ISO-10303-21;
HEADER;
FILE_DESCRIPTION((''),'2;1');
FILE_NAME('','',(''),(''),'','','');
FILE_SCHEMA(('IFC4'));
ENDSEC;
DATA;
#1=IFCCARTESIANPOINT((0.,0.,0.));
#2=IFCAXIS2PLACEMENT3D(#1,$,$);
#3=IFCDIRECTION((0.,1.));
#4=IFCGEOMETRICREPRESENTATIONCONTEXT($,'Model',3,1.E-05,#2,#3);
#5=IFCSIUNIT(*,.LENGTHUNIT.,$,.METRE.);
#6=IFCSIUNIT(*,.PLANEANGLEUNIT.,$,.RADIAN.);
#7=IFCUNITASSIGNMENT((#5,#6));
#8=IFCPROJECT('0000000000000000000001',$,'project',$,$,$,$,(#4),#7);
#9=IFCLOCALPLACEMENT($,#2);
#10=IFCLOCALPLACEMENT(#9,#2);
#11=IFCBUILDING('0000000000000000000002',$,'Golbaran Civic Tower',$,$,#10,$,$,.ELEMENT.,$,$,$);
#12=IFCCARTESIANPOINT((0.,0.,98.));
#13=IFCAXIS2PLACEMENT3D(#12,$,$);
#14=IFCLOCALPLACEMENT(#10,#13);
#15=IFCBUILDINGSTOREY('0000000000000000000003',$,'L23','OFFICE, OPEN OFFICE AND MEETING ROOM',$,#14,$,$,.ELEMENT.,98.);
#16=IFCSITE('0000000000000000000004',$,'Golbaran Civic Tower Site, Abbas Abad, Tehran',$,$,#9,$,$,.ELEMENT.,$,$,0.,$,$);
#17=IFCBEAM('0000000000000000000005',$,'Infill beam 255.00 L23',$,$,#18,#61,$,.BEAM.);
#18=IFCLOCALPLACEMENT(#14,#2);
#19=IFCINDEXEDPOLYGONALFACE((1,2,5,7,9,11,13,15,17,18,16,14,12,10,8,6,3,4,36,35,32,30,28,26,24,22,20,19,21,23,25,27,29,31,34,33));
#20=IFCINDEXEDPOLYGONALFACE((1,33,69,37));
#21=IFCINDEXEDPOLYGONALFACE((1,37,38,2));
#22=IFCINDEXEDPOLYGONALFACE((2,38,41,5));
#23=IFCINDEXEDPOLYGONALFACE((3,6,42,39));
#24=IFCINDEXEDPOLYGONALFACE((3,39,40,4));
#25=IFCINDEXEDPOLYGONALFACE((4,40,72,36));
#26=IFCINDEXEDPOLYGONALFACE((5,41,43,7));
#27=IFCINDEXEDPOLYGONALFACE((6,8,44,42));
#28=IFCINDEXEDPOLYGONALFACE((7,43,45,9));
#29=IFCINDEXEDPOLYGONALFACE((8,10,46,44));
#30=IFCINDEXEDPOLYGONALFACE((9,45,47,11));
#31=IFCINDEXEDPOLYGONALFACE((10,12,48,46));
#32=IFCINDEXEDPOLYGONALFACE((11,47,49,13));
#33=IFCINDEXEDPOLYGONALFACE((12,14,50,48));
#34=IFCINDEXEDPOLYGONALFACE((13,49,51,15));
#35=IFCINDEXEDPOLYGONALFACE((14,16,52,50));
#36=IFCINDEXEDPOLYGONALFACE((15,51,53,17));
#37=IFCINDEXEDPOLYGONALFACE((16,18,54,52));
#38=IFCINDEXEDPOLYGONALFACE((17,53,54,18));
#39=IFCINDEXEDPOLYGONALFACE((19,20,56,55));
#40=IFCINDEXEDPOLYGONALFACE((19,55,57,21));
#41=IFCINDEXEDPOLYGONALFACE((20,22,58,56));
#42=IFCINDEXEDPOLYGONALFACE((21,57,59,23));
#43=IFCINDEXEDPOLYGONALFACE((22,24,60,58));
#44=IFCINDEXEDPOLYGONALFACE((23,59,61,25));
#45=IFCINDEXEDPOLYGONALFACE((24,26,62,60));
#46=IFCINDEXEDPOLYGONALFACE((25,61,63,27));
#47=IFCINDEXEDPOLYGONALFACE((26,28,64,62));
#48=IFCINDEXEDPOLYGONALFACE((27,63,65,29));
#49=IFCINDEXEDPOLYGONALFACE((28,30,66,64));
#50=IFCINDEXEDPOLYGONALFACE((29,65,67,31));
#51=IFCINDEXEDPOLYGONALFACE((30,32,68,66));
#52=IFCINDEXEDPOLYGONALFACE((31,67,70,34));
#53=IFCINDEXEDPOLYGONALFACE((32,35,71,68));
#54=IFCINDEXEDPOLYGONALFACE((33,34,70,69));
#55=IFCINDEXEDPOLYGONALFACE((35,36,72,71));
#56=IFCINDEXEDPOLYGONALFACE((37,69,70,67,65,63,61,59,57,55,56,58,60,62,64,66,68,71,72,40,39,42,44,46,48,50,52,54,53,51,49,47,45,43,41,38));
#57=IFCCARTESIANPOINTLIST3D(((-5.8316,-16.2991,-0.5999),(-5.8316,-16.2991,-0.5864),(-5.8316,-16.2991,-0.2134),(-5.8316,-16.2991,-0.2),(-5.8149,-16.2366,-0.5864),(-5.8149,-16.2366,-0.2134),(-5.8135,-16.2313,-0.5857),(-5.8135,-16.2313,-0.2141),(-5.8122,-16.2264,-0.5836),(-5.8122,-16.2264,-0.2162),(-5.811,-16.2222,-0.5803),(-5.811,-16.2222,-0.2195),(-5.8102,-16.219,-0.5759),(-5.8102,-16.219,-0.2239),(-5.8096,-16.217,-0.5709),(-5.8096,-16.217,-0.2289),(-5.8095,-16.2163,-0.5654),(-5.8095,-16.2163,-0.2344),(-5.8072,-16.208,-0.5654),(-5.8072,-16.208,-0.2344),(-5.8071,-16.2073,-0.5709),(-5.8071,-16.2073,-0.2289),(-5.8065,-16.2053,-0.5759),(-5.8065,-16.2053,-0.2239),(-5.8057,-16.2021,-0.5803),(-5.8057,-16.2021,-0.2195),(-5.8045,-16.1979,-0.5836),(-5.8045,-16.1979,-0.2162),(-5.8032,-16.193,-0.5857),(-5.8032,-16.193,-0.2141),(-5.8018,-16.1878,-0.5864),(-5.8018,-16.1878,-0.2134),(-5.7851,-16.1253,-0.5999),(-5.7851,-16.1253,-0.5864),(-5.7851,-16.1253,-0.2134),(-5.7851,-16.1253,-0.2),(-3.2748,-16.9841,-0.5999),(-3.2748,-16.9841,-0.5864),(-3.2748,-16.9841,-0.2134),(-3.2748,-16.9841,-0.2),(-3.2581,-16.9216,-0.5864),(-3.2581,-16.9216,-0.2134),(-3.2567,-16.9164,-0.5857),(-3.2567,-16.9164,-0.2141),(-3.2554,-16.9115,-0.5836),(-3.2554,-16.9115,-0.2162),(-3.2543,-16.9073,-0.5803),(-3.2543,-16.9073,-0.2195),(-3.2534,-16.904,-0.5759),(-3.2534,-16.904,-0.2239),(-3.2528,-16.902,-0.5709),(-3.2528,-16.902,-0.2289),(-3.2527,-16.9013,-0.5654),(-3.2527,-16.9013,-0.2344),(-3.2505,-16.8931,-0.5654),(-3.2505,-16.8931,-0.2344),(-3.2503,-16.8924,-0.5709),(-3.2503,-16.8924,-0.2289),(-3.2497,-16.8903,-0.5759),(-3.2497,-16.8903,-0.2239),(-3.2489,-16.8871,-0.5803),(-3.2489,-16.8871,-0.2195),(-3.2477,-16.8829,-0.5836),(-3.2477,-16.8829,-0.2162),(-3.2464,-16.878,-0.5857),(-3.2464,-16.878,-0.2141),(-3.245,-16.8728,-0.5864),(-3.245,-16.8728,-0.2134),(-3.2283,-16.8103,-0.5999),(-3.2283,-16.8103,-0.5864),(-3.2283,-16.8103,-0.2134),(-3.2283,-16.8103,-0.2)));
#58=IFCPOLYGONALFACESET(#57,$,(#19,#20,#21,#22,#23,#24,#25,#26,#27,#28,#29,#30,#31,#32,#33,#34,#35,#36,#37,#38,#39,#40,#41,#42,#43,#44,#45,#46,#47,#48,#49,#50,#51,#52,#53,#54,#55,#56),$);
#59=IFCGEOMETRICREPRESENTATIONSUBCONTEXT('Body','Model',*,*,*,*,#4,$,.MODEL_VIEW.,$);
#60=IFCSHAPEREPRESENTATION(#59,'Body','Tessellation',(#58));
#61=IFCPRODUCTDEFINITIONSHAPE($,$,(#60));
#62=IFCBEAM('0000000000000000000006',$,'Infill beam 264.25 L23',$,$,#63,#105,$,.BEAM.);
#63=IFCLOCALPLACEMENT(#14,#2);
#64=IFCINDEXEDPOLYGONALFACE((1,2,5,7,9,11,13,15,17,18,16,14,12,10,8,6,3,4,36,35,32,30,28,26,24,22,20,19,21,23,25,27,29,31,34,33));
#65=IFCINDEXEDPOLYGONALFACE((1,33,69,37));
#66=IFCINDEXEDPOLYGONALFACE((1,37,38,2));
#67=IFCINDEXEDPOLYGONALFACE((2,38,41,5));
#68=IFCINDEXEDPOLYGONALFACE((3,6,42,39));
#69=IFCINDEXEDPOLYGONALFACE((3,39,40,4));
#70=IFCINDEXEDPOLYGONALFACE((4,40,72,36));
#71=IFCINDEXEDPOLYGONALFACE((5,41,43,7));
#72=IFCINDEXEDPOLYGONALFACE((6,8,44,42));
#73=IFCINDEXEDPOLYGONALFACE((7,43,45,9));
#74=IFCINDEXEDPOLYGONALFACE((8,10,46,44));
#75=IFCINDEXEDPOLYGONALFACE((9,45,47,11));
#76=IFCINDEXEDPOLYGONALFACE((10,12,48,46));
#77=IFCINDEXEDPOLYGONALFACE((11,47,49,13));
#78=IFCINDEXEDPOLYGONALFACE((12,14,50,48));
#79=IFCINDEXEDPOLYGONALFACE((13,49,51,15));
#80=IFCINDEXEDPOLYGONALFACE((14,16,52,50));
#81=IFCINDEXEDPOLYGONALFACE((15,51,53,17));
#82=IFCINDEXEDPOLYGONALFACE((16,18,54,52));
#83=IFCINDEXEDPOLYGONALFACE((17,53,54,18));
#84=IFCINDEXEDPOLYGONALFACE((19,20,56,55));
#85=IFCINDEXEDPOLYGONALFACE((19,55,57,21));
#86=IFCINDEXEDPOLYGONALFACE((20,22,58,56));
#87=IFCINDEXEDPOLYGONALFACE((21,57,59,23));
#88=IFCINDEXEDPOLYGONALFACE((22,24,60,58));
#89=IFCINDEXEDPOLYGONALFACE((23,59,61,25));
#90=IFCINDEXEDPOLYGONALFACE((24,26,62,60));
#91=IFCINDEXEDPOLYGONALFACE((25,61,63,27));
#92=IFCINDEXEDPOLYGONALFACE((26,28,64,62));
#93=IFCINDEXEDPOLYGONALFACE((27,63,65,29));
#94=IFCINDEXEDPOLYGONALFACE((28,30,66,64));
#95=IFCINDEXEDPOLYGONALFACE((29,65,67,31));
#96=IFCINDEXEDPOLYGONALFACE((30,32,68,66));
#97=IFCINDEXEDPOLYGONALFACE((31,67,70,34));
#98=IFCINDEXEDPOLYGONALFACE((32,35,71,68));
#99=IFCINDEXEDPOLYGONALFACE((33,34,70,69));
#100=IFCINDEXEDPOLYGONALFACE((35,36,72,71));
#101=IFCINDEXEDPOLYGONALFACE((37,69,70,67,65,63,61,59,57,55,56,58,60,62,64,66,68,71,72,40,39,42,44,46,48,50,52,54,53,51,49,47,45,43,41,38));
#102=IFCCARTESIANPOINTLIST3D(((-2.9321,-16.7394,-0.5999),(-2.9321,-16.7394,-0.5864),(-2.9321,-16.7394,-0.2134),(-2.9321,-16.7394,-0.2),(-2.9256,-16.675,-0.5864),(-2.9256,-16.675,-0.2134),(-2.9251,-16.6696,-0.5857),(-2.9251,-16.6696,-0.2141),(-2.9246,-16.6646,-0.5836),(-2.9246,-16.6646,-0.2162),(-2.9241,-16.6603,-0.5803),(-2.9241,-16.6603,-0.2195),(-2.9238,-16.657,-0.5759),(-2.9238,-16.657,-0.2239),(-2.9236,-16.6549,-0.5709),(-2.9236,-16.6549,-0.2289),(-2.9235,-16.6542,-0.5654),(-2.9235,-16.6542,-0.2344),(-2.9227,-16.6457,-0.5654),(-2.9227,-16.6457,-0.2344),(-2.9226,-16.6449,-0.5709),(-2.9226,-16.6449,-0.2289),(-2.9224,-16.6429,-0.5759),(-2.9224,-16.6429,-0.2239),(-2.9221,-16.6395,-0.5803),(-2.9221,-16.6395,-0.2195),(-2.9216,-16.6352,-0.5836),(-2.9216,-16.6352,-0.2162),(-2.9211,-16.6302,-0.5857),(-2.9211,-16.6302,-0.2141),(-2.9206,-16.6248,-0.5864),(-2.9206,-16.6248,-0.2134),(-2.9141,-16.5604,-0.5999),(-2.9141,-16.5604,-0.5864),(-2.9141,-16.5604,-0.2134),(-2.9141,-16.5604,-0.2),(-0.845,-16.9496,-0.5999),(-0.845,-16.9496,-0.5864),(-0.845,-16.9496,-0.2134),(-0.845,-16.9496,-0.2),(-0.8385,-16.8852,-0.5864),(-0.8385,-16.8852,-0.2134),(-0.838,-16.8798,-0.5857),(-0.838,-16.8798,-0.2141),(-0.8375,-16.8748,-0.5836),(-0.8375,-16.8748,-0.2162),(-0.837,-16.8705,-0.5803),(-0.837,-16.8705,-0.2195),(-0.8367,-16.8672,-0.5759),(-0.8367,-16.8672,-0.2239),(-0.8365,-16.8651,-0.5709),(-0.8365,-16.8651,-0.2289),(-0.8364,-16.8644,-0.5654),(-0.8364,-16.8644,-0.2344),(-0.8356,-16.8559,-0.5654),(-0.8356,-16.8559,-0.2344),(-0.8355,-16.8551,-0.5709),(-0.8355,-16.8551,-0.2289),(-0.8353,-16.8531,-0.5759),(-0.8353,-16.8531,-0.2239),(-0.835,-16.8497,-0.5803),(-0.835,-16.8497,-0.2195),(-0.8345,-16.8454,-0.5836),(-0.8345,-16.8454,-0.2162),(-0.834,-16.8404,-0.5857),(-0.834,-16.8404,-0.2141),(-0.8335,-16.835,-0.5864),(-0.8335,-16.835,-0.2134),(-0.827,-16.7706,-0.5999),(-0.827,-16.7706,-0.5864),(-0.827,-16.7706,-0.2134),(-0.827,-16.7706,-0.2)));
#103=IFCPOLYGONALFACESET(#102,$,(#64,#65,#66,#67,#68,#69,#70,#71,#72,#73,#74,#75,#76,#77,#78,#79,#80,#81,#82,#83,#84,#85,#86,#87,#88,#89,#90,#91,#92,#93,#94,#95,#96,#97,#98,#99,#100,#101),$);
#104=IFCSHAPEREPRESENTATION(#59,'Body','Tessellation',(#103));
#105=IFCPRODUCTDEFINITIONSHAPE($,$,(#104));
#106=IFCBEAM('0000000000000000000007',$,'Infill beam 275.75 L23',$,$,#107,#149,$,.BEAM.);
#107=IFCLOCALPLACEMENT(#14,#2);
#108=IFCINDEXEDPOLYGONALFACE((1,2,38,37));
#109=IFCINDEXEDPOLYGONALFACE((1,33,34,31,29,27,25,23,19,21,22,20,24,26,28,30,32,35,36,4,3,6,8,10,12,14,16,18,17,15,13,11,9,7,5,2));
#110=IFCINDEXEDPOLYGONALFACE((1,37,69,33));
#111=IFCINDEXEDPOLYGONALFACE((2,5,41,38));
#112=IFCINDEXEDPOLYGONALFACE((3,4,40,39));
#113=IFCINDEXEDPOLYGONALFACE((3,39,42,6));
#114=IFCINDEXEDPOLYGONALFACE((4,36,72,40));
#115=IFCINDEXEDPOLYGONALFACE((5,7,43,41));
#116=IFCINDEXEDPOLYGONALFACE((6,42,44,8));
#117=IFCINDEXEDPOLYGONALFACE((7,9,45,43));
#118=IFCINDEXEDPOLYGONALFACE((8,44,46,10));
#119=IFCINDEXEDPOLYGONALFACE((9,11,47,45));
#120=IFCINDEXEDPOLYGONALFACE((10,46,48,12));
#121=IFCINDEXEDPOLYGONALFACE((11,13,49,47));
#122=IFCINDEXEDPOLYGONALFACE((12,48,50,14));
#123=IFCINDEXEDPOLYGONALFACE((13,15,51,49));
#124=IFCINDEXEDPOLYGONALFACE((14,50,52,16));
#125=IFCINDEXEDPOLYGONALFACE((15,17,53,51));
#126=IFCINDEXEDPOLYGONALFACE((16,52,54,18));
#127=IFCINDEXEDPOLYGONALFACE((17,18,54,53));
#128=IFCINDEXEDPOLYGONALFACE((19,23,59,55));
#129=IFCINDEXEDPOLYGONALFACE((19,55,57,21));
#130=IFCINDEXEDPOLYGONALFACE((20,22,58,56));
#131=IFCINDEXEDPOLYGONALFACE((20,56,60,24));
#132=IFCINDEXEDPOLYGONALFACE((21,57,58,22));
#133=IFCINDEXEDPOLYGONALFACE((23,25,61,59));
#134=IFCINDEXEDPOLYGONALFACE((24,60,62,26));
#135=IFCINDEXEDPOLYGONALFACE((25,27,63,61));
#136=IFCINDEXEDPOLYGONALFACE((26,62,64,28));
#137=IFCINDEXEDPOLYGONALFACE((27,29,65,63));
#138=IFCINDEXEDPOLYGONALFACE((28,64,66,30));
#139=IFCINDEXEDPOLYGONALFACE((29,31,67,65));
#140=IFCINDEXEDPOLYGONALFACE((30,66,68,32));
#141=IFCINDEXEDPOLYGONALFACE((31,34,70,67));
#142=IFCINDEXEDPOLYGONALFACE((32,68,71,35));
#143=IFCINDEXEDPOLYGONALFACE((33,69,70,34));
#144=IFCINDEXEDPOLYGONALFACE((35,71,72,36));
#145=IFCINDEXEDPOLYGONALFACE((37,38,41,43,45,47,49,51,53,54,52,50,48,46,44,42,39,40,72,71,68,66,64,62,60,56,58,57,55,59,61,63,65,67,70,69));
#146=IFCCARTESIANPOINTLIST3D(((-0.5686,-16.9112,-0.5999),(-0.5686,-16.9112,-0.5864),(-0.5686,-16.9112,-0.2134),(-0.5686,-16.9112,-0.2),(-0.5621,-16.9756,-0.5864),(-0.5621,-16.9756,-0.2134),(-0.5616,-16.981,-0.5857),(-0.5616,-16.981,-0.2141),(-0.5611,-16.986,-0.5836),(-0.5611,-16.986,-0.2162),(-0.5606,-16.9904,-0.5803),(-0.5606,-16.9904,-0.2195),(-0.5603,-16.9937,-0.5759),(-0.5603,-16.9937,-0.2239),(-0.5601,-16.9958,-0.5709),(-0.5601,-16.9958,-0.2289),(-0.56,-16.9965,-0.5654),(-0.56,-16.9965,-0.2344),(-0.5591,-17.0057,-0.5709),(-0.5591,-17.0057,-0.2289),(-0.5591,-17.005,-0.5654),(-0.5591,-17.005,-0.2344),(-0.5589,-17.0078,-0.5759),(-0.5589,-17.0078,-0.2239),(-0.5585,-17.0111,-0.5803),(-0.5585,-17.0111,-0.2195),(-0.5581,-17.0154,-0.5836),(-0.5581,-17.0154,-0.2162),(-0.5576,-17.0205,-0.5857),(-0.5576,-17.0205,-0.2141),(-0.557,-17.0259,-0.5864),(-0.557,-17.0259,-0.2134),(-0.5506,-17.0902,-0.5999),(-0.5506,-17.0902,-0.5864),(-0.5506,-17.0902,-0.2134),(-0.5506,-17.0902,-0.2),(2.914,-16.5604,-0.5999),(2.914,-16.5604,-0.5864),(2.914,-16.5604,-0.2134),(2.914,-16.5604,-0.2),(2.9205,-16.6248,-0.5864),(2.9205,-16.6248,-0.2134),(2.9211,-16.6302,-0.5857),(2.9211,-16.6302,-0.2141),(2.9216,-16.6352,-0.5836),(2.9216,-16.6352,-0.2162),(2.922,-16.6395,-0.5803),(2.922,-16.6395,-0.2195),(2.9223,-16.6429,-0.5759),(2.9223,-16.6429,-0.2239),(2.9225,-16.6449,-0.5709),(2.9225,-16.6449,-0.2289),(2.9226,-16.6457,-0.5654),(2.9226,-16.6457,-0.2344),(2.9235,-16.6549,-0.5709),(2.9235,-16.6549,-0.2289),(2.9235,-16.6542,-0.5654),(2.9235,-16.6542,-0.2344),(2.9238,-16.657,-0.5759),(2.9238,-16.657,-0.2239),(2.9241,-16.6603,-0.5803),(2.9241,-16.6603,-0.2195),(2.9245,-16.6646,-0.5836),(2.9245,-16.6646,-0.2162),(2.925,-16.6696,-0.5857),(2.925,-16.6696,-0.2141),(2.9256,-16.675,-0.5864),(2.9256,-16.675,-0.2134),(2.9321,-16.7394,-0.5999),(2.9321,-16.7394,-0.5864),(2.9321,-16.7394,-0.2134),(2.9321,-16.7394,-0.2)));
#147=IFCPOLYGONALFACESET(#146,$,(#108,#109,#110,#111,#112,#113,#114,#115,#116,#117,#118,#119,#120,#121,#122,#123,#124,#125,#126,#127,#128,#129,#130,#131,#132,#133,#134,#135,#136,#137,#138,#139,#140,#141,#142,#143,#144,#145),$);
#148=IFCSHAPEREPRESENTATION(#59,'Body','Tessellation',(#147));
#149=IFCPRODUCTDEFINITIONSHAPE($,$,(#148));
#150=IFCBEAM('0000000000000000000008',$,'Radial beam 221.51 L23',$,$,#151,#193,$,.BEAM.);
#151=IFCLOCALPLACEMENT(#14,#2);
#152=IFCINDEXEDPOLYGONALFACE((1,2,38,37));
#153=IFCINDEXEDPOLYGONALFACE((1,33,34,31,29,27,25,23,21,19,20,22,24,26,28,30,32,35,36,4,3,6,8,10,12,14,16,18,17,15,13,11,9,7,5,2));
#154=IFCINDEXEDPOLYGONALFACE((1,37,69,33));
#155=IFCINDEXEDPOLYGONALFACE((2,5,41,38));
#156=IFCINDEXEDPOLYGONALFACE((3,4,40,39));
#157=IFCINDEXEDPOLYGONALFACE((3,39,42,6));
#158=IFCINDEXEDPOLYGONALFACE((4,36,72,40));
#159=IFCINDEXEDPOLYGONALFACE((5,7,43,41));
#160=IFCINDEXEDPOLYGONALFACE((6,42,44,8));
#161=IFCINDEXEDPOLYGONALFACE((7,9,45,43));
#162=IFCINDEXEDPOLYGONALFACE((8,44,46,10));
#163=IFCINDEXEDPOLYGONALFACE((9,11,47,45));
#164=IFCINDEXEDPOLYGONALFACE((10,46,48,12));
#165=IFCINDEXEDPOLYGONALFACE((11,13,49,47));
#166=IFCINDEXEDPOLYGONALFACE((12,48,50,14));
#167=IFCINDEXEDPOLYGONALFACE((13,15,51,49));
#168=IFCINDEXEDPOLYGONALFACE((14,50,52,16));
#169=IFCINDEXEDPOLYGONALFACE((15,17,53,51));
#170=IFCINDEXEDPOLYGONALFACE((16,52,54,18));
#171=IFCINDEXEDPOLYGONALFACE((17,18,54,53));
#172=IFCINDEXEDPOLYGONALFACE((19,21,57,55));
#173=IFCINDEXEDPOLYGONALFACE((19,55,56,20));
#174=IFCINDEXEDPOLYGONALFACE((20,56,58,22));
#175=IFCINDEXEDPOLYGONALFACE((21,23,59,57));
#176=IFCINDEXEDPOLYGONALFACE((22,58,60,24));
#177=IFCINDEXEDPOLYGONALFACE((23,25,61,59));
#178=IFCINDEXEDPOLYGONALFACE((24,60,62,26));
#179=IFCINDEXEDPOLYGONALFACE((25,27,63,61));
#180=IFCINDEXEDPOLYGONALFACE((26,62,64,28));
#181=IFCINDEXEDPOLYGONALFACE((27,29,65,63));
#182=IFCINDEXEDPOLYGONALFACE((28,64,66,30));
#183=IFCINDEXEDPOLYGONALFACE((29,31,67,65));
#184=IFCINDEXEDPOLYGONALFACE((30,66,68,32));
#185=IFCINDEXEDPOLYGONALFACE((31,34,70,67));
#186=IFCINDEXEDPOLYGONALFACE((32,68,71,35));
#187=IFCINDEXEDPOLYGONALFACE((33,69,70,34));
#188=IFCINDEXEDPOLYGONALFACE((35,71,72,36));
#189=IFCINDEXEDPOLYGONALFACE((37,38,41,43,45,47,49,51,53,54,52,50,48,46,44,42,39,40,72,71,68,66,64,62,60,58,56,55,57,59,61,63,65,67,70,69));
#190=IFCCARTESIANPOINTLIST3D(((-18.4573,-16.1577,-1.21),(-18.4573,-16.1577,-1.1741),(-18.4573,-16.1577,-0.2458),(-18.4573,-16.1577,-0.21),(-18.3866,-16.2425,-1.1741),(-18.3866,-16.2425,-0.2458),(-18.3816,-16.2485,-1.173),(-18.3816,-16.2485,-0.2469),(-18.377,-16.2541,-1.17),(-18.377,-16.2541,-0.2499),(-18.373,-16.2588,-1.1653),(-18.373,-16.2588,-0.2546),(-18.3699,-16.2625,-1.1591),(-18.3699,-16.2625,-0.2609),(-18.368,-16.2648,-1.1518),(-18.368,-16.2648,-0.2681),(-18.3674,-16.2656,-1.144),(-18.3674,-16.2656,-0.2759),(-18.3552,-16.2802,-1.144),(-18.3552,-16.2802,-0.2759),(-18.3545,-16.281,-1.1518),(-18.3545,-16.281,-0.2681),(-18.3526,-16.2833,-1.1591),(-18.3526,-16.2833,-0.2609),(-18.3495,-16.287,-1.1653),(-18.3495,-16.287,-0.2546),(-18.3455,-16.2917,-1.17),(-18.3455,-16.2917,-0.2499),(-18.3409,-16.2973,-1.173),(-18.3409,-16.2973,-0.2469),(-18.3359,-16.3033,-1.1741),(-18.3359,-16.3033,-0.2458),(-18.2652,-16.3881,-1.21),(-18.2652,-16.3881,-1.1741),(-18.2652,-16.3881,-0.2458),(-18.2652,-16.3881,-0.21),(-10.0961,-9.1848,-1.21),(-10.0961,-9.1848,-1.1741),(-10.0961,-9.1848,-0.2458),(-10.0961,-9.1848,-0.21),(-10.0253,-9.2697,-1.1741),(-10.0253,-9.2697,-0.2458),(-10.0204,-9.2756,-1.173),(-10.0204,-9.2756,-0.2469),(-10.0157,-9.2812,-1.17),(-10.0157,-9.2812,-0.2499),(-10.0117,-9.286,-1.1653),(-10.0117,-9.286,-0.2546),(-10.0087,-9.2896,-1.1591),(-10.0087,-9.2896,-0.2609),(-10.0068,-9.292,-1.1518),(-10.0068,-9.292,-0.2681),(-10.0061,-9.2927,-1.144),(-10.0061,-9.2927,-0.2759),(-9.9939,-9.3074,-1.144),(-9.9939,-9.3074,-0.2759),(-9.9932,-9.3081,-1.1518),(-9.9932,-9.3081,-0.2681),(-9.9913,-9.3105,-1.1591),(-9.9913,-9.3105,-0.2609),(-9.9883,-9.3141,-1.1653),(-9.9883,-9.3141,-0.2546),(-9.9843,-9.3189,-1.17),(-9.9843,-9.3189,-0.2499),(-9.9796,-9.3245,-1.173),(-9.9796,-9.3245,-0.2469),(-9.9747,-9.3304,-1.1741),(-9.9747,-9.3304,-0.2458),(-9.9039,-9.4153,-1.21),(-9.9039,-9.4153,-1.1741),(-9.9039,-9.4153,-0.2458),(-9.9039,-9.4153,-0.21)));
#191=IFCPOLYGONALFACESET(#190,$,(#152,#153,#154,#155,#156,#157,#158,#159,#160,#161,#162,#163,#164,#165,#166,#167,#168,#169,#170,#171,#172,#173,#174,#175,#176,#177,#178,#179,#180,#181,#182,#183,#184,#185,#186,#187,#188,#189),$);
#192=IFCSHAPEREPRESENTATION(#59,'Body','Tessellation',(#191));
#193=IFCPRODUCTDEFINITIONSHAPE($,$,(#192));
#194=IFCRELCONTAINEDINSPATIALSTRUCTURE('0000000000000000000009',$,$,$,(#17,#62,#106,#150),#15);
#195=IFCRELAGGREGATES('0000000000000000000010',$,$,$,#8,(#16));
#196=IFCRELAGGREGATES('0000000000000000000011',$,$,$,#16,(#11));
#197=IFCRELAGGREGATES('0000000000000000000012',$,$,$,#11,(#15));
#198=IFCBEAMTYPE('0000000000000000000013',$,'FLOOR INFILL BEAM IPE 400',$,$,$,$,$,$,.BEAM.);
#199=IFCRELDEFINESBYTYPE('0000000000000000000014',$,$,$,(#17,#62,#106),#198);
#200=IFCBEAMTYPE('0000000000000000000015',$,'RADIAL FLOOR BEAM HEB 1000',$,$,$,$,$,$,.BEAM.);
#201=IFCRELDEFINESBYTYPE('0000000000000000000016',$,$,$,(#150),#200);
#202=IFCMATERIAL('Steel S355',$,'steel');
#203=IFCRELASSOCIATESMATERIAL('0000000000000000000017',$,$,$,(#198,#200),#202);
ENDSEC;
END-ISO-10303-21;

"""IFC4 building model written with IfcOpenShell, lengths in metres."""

from ifc_helpers import new_model, si_unit, direction, frame, origin, origin_2d, place, context, subcontext, project, spatial, i_section, extrude, material, material_profile, profile_set, type_object, element, save


model = new_model("IFC4")

# Units and contexts
model_context = context("Model", 3, precision=1e-05, world=origin(), true_north=direction((0.0, 1.0)))
body_context = subcontext(model_context, "Body", "Model", "MODEL_VIEW")
ifc_project = project(units=[si_unit("LENGTHUNIT", "METRE"), si_unit("PLANEANGLEUNIT", "RADIAN")], contexts=[model_context])

# Site, building, storey
site_placement = place(None, origin())
site = spatial("IfcSite", under=ifc_project, at=site_placement, Name="Golbaran Civic Tower Site, Abbas Abad, Tehran", CompositionType="ELEMENT", RefElevation=0.0)
building_placement = place(site_placement, origin())
building = spatial("IfcBuilding", under=site, at=building_placement, Name="Golbaran Civic Tower", CompositionType="ELEMENT")
storey_placement = place(building_placement, frame((0.0, 0.0, 98.0)))
storey = spatial("IfcBuildingStorey", under=building, at=storey_placement, Name="L23", Description="OFFICE, OPEN OFFICE AND MEETING ROOM", CompositionType="ELEMENT", Elevation=98.0)

# Beams
ifc_material_1 = material(Name="Steel S355", Category="steel")
ifc_material_profile_1 = material_profile(ifc_material_1, i_section(OverallWidth=0.1799, OverallDepth=0.3999, WebThickness=0.0085, FlangeThickness=0.0134, FilletRadius=0.021, at=origin_2d()), Name="IPE 400")
ifc_profile_set_1 = profile_set([ifc_material_profile_1], Name="Steel S355")
beam_type_1 = type_object("IfcBeamType", Name="FLOOR INFILL BEAM IPE 400", PredefinedType="BEAM", material=ifc_profile_set_1)
beam_1_placement = place(storey_placement, frame((-5.8083, -16.2122, -0.3999), z_axis=(0.965931, -0.258799, 0.0), x_axis=(0.258799, 0.965931, 0.0)))
element("IfcBeam", 1, at=beam_1_placement, inside=storey, type_object=beam_type_1, Name="Infill beam 255.00 L23", PredefinedType="BEAM", context=body_context, shape_type="SweptSolid", body=[
    extrude(i_section(OverallWidth=0.1799, OverallDepth=0.3999, WebThickness=0.0085, FlangeThickness=0.0134, FilletRadius=0.021, at=origin_2d()), origin(), (0.0, 0.0, 1.0), 2.647),
])
beam_2_placement = place(storey_placement, frame((-2.9231, -16.6499, -0.3999), z_axis=(0.994967, -0.100207, 0.0), x_axis=(0.100207, 0.994967, 0.0)))
element("IfcBeam", 2, at=beam_2_placement, inside=storey, type_object=beam_type_1, Name="Infill beam 264.25 L23", PredefinedType="BEAM", context=body_context, shape_type="SweptSolid", body=[
    extrude(i_section(OverallWidth=0.1799, OverallDepth=0.3999, WebThickness=0.0085, FlangeThickness=0.0134, FilletRadius=0.021, at=origin_2d()), origin(), (0.0, 0.0, 1.0), 2.0977),
])
beam_3_placement = place(storey_placement, frame((-0.5596, -17.0007, -0.3999), z_axis=(0.994964, 0.100229, 0.0), x_axis=(-0.100229, 0.994964, 0.0)))
element("IfcBeam", 3, at=beam_3_placement, inside=storey, type_object=beam_type_1, Name="Infill beam 275.75 L23", PredefinedType="BEAM", context=body_context, shape_type="SweptSolid", body=[
    extrude(i_section(OverallWidth=0.1799, OverallDepth=0.3999, WebThickness=0.0085, FlangeThickness=0.0134, FilletRadius=0.021, at=origin_2d()), origin(), (0.0, 0.0, 1.0), 3.5002),
])
ifc_material_profile_2 = material_profile(ifc_material_1, i_section(OverallWidth=0.3, OverallDepth=1.0, WebThickness=0.019, FlangeThickness=0.0359, FilletRadius=0.03, at=origin_2d()), Name="HEB 1000")
ifc_profile_set_2 = profile_set([ifc_material_profile_2], Name="Steel S355")
beam_type_2 = type_object("IfcBeamType", Name="RADIAL FLOOR BEAM HEB 1000", PredefinedType="BEAM", material=ifc_profile_set_2)
beam_4_placement = place(storey_placement, frame((-10.0, -9.3, -0.71), z_axis=(-0.76799, -0.640462, 0.0), x_axis=(0.640462, -0.76799, 0.0)))
element("IfcBeam", 4, at=beam_4_placement, inside=storey, type_object=beam_type_2, Name="Radial beam 221.51 L23", PredefinedType="BEAM", context=body_context, shape_type="SweptSolid", body=[
    extrude(i_section(OverallWidth=0.3, OverallDepth=1.0, WebThickness=0.019, FlangeThickness=0.0359, FilletRadius=0.03, at=origin_2d()), origin(), (0.0, 0.0, 1.0), 10.8872),
])

save(model, "model.ifc")
